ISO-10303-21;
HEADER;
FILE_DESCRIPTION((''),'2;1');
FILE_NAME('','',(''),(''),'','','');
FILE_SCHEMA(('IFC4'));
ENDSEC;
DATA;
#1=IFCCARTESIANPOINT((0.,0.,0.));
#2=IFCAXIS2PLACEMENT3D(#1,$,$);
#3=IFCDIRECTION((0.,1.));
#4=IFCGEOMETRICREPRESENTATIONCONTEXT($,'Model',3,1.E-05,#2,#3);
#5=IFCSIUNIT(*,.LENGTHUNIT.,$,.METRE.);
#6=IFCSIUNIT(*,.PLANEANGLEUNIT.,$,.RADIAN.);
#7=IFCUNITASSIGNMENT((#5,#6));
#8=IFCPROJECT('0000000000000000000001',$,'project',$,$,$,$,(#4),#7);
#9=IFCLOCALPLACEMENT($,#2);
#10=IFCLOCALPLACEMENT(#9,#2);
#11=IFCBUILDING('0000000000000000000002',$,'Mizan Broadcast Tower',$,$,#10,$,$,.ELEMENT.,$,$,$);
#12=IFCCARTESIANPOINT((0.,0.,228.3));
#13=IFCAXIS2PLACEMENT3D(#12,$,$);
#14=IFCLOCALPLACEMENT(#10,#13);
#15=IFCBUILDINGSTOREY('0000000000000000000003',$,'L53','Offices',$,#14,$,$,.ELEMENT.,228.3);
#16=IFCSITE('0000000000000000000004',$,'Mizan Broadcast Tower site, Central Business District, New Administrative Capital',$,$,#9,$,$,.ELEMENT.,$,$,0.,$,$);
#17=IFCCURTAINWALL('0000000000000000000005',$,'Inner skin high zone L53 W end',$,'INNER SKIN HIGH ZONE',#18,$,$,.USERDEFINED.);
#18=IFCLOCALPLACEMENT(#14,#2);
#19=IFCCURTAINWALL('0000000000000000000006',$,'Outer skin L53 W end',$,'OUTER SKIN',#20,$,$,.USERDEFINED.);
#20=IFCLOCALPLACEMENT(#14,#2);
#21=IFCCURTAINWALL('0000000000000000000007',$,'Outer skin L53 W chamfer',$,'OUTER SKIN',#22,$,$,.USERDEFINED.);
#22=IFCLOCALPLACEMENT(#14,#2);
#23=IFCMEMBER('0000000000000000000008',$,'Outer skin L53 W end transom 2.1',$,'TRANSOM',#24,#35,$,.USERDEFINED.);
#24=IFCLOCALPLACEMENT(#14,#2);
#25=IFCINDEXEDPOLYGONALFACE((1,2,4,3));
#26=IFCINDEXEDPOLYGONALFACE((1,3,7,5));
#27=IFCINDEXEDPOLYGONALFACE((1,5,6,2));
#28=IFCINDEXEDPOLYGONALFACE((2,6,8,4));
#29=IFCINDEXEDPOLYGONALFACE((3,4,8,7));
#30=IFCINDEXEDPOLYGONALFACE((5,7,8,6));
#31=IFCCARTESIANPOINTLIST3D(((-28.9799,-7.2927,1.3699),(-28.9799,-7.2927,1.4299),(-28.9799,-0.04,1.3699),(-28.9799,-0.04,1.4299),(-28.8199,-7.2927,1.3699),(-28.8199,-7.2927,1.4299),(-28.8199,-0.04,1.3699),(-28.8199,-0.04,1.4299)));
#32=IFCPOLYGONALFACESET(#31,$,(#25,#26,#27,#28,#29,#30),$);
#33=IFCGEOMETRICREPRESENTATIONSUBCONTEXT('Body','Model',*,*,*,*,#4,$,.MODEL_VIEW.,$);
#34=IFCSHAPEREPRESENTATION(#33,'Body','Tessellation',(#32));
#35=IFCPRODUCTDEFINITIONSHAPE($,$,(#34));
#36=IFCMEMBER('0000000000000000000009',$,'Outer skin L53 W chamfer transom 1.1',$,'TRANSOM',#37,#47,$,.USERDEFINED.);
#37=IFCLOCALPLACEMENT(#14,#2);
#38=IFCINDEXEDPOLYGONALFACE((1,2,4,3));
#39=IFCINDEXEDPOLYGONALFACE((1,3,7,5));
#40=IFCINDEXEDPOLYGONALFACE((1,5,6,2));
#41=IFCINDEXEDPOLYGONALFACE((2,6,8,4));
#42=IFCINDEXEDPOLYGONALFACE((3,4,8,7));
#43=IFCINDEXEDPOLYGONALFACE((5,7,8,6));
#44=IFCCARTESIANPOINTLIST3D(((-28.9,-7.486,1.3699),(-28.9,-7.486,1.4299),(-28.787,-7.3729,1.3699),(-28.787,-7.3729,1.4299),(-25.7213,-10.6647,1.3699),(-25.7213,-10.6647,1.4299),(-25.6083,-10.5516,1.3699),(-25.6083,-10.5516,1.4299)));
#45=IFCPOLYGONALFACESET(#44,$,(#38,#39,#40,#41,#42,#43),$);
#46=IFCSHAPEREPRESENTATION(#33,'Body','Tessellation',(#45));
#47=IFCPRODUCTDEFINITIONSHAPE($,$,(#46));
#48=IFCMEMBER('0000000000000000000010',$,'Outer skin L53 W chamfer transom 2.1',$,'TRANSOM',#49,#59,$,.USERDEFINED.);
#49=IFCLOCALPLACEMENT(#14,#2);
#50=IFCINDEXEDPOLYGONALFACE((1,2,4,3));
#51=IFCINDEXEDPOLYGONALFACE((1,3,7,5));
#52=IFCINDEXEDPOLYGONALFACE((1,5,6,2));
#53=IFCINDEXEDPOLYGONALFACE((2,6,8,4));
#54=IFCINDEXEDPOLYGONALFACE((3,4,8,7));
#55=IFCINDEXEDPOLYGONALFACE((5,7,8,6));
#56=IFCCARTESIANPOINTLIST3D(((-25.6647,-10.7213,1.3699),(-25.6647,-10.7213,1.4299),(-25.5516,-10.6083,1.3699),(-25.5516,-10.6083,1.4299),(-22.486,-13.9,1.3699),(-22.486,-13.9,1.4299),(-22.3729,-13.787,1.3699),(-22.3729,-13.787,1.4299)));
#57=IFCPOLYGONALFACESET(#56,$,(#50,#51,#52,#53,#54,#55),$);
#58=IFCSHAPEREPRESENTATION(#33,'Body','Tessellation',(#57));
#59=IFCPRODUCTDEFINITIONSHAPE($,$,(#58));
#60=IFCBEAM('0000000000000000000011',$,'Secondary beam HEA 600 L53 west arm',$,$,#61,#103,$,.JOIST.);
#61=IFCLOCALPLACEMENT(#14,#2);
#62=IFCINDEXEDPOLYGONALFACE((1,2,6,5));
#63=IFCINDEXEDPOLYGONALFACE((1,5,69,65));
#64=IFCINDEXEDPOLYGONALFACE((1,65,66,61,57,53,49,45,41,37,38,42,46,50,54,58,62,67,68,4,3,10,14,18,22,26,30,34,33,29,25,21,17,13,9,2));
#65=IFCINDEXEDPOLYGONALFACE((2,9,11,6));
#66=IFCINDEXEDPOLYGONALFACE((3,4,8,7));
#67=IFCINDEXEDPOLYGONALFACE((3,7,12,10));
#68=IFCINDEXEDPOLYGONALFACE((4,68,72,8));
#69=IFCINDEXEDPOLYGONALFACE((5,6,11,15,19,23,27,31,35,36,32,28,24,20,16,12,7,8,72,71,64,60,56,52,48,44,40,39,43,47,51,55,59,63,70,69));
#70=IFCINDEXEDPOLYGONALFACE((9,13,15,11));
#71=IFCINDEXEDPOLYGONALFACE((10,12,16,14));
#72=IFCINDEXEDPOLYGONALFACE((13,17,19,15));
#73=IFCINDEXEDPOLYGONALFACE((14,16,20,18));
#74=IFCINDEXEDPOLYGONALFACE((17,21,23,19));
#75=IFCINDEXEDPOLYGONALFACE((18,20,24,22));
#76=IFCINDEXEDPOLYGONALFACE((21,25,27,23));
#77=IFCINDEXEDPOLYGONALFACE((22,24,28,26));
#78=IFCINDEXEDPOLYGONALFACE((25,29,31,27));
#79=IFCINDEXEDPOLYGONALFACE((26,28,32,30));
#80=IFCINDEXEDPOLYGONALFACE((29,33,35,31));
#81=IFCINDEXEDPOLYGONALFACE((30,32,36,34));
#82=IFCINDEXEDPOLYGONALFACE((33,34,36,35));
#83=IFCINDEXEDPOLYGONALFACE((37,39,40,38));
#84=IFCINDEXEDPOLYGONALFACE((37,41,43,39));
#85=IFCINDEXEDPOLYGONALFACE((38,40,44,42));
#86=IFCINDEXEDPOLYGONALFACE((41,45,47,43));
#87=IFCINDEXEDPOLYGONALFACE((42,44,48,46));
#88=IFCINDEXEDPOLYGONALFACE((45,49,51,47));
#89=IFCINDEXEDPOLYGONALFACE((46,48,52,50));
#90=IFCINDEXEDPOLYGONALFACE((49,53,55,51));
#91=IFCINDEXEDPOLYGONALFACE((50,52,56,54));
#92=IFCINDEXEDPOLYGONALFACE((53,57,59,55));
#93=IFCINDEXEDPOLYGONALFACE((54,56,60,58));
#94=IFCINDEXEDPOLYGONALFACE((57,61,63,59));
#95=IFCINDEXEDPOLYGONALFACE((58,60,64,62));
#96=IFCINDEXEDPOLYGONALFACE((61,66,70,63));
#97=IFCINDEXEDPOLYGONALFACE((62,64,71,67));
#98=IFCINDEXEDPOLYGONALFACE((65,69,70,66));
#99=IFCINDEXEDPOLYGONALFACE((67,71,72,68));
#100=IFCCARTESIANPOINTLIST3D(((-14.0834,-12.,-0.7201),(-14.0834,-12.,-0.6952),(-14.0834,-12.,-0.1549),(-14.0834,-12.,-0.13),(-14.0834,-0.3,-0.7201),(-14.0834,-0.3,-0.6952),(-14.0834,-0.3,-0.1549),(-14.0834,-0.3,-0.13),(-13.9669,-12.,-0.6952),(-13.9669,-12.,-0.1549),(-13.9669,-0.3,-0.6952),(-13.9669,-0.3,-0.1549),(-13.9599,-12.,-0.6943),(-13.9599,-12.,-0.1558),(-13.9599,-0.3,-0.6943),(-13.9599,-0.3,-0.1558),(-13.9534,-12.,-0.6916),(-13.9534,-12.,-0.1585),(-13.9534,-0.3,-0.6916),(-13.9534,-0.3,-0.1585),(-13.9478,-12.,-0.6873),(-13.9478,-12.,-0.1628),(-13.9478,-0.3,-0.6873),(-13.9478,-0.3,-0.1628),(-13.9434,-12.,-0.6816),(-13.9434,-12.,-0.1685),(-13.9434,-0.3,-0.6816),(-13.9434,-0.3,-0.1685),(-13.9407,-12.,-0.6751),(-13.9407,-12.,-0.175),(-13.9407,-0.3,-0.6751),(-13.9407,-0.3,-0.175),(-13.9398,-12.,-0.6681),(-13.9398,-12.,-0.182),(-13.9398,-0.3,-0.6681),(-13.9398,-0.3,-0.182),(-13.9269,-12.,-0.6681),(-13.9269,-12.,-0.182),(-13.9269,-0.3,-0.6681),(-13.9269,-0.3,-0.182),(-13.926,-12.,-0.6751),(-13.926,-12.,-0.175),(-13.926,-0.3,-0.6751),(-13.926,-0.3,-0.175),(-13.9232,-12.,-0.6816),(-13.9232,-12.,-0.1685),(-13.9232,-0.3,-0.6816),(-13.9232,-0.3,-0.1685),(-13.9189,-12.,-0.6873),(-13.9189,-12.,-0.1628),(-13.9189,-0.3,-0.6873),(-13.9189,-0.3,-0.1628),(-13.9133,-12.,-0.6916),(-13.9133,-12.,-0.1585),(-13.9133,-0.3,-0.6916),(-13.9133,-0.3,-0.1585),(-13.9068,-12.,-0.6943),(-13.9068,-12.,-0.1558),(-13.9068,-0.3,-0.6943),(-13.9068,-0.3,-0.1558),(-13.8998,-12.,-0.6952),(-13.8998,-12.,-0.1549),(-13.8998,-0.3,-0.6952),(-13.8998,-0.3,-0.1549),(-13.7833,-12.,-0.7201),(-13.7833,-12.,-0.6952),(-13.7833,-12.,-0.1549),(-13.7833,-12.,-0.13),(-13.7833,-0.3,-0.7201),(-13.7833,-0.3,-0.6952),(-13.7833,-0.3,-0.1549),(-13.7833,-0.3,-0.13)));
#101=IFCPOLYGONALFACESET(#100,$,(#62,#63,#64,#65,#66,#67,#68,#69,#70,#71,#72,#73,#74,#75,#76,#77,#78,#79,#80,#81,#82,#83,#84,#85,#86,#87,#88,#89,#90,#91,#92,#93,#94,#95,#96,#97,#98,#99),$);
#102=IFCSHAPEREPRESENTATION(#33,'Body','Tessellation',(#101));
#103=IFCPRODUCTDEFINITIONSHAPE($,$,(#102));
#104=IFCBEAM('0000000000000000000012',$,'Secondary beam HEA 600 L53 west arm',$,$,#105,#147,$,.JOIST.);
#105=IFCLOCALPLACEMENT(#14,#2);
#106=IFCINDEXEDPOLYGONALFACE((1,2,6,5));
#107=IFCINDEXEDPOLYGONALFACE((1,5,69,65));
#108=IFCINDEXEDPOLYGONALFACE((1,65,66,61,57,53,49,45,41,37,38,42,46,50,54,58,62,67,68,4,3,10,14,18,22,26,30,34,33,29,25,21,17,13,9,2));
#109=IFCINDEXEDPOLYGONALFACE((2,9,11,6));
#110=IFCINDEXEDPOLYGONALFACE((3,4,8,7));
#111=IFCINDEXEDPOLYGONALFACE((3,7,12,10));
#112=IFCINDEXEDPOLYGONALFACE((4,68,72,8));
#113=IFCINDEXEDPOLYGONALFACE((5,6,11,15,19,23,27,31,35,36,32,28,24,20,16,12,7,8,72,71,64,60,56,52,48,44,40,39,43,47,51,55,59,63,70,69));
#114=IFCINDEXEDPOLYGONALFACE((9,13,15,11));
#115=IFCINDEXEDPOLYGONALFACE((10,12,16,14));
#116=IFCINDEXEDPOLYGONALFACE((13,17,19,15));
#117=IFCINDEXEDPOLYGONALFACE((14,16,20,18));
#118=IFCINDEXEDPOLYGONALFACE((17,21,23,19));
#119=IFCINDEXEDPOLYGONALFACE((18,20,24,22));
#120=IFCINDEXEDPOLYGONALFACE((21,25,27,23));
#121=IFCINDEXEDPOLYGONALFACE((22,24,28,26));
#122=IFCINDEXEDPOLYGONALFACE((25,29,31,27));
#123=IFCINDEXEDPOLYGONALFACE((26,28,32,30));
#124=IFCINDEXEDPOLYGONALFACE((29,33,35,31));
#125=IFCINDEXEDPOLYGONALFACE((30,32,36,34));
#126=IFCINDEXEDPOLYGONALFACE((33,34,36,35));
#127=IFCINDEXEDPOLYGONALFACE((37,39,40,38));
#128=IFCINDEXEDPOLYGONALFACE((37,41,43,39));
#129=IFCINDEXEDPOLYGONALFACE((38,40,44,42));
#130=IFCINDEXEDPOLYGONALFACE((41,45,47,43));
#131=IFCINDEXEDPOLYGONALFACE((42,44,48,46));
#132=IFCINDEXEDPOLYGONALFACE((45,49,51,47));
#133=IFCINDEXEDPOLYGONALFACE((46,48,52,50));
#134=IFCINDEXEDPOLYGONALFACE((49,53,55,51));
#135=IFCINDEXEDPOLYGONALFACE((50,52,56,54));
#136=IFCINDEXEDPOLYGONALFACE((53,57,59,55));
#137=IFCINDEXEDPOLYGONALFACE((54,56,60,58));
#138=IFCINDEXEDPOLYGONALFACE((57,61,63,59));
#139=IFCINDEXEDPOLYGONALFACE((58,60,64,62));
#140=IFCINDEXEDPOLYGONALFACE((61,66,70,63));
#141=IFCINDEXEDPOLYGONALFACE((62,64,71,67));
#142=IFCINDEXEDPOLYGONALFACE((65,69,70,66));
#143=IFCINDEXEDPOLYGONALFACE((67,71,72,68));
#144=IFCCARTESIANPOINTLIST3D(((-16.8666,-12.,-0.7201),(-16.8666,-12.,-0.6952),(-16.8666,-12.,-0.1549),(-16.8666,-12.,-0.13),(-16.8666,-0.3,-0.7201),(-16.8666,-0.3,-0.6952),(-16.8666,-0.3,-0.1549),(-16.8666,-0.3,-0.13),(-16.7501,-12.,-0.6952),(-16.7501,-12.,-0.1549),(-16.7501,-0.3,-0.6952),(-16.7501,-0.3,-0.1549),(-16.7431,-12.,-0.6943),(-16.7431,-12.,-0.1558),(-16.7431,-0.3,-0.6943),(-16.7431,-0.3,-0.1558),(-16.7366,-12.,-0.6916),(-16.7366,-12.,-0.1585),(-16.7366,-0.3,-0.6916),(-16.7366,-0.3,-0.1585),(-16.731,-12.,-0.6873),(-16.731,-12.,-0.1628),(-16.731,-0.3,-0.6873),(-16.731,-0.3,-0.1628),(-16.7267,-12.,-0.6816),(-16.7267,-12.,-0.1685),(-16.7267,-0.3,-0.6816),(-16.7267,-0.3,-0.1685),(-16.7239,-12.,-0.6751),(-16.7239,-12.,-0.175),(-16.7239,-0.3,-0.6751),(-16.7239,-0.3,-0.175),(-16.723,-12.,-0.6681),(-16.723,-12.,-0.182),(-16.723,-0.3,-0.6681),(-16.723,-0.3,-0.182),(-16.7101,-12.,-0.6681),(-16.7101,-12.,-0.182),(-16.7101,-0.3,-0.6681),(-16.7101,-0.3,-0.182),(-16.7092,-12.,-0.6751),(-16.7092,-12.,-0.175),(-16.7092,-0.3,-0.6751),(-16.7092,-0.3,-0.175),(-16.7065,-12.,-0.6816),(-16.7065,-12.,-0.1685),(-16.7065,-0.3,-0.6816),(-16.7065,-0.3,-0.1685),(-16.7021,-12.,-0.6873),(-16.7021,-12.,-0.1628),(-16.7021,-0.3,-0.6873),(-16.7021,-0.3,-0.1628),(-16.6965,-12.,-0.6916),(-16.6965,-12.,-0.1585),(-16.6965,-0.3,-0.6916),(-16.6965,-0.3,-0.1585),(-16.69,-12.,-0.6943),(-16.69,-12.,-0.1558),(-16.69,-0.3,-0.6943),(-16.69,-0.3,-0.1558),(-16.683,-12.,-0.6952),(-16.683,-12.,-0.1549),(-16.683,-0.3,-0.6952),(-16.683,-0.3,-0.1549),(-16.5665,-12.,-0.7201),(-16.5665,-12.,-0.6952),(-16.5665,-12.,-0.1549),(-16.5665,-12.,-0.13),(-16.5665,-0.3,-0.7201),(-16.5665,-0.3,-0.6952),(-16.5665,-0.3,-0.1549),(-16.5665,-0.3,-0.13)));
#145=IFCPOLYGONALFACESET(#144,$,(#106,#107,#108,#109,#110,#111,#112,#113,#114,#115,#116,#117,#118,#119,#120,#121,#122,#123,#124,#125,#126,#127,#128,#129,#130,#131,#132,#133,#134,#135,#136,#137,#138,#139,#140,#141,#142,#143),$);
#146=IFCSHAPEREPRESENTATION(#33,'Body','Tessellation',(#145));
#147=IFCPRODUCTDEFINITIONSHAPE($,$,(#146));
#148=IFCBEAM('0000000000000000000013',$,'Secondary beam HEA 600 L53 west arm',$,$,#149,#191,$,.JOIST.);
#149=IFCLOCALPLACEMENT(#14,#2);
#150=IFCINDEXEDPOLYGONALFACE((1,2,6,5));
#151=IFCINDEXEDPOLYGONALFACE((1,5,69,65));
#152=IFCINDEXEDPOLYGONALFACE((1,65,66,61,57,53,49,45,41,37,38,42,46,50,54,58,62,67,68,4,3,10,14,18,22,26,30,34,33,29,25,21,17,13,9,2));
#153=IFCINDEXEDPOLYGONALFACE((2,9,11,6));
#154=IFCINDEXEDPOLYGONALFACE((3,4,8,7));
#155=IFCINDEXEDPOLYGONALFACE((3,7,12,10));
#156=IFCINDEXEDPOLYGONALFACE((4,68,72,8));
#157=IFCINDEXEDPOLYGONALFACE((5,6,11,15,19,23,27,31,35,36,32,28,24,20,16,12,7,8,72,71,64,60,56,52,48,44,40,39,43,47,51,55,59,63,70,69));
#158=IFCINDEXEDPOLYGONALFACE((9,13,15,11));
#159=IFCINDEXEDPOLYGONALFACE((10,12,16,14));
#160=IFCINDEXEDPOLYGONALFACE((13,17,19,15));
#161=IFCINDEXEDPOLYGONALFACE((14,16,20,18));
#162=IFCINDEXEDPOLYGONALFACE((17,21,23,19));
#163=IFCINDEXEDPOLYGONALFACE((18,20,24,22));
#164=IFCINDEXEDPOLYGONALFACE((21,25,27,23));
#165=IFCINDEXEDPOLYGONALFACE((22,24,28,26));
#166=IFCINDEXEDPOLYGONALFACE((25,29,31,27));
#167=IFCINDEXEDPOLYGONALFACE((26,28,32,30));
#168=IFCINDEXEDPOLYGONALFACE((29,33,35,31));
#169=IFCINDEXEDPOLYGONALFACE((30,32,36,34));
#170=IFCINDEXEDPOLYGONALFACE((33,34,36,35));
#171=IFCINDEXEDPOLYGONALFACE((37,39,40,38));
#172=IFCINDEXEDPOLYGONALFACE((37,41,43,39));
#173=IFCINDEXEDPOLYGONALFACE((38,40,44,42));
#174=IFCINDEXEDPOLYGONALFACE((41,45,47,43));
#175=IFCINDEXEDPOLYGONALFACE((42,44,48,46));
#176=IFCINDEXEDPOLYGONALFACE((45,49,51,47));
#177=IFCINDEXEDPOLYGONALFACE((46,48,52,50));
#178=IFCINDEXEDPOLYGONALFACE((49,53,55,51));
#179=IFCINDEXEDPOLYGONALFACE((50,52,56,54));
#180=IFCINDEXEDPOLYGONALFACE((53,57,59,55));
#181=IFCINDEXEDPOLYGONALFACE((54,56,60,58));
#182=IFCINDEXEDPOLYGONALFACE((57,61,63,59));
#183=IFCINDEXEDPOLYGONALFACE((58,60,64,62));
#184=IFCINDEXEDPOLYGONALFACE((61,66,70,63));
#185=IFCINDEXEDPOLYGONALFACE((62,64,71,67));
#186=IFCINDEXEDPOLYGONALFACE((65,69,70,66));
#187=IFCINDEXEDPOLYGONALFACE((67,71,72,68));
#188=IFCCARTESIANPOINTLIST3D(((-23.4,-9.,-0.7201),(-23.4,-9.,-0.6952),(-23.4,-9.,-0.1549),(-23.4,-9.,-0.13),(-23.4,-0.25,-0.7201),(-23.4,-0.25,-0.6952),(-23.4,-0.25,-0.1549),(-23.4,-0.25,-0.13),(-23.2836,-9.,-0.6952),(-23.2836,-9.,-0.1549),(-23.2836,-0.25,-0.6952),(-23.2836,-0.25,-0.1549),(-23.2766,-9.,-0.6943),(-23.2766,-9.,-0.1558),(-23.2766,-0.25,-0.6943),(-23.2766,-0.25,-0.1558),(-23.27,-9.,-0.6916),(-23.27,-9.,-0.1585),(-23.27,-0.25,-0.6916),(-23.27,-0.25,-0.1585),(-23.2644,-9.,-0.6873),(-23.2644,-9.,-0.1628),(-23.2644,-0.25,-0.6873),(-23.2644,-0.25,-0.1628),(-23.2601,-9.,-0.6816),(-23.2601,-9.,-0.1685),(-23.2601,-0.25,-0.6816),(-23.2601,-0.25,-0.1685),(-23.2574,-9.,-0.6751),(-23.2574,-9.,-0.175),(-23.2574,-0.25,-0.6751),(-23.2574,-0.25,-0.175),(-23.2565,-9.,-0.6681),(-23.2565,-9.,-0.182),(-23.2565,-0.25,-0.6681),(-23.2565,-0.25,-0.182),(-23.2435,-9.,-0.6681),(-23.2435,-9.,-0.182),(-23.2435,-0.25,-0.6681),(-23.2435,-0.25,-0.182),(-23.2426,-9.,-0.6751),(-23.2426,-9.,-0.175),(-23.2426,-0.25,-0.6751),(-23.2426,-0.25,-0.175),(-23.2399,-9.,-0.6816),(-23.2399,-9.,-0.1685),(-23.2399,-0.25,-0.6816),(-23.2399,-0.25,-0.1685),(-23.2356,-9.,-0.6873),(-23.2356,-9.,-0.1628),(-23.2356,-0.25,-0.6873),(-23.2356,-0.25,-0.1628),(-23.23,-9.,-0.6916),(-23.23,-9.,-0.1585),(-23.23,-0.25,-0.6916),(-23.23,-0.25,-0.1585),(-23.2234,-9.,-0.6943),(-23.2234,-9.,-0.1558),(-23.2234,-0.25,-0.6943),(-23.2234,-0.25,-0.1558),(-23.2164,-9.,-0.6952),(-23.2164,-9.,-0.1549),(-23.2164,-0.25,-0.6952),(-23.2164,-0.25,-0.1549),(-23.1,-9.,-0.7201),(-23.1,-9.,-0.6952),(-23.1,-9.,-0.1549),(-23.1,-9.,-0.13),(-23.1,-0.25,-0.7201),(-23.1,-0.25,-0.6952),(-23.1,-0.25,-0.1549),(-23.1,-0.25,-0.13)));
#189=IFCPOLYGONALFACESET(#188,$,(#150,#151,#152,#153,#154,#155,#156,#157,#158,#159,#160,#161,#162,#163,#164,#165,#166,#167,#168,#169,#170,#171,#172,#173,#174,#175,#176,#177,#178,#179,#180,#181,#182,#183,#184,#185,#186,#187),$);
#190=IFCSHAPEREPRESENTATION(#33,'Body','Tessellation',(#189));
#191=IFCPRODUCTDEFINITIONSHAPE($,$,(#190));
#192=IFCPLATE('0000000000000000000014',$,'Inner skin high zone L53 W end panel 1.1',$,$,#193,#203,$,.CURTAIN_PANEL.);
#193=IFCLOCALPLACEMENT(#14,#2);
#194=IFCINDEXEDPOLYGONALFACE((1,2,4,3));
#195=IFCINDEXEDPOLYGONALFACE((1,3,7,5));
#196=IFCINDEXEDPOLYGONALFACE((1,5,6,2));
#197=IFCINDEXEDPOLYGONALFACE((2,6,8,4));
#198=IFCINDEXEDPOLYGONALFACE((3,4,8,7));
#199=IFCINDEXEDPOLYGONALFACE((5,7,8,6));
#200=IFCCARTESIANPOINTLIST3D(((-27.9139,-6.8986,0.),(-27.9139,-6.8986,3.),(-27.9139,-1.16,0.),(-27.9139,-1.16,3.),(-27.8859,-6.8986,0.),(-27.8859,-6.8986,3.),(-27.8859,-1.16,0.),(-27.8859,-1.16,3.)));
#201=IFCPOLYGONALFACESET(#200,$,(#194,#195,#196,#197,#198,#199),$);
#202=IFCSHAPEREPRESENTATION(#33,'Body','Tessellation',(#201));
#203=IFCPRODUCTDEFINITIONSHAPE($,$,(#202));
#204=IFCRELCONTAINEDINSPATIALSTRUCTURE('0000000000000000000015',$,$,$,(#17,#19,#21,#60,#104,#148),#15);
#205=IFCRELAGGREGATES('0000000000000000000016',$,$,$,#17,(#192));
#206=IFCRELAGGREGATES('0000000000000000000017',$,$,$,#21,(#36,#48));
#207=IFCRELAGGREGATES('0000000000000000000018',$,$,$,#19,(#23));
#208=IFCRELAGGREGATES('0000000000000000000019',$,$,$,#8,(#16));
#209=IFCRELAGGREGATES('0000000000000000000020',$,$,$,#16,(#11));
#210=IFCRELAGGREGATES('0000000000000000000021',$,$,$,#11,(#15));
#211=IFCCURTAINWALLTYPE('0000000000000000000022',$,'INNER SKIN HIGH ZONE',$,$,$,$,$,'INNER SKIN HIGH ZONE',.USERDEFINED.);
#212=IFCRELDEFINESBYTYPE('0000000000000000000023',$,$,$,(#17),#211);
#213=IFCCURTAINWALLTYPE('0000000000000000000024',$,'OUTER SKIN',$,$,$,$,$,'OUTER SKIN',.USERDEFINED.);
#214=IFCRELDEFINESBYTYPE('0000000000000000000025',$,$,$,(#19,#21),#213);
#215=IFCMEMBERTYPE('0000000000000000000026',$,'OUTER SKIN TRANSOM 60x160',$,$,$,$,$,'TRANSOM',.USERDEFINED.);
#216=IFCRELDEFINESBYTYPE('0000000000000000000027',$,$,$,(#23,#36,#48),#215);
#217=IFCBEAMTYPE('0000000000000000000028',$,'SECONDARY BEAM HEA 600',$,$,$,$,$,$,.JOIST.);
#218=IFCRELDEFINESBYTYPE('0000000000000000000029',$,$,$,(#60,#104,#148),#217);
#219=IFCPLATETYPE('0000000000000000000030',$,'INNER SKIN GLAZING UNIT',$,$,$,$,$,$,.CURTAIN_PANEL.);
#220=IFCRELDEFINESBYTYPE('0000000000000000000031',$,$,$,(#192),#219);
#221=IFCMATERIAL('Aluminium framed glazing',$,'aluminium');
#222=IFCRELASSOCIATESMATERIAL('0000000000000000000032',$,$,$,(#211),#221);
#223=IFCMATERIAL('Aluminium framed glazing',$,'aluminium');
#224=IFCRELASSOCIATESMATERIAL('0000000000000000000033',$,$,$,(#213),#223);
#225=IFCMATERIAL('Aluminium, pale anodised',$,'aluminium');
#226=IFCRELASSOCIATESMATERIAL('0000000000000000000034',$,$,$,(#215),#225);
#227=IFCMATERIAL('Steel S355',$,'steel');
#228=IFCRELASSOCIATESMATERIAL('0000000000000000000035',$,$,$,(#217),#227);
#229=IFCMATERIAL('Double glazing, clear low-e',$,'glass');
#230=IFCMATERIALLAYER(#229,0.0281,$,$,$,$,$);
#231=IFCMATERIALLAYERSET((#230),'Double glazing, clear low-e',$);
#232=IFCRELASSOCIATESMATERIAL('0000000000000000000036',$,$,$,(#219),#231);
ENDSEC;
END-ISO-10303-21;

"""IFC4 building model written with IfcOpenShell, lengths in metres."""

from ifc_helpers import new_model, si_unit, direction, frame, origin, origin_2d, place, context, subcontext, project, spatial, rectangle, i_section, extrude, material, layer, layer_set, material_profile, profile_set, type_object, element, aggregate, save


model = new_model("IFC4")

# Units and contexts
model_context = context("Model", 3, precision=1e-05, world=origin(), true_north=direction((0.0, 1.0)))
body_context = subcontext(model_context, "Body", "Model", "MODEL_VIEW")
ifc_project = project(units=[si_unit("LENGTHUNIT", "METRE"), si_unit("PLANEANGLEUNIT", "RADIAN")], contexts=[model_context])

# Site, building, storey
site_placement = place(None, origin())
site = spatial("IfcSite", under=ifc_project, at=site_placement, Name="Mizan Broadcast Tower site, Central Business District, New Administrative Capital", CompositionType="ELEMENT", RefElevation=0.0)
building_placement = place(site_placement, origin())
building = spatial("IfcBuilding", under=site, at=building_placement, Name="Mizan Broadcast Tower", CompositionType="ELEMENT")
storey_placement = place(building_placement, frame((0.0, 0.0, 228.3)))
storey = spatial("IfcBuildingStorey", under=building, at=storey_placement, Name="L53", Description="Offices", CompositionType="ELEMENT", Elevation=228.3)

# Curtain wall
ifc_material_1 = material(Name="Aluminium framed glazing", Category="aluminium")
curtain_wall_type_1 = type_object("IfcCurtainWallType", Name="INNER SKIN HIGH ZONE", ElementType="INNER SKIN HIGH ZONE", PredefinedType="USERDEFINED", material=ifc_material_1)
curtain_wall_1_placement = place(storey_placement, origin())
curtain_wall_1 = element("IfcCurtainWall", 1, at=curtain_wall_1_placement, inside=storey, type_object=curtain_wall_type_1, Name="Inner skin high zone L53 W end", ObjectType="INNER SKIN HIGH ZONE", PredefinedType="USERDEFINED")

# Curtain walls
ifc_material_2 = material(Name="Aluminium framed glazing", Category="aluminium")
curtain_wall_type_2 = type_object("IfcCurtainWallType", Name="OUTER SKIN", ElementType="OUTER SKIN", PredefinedType="USERDEFINED", material=ifc_material_2)
curtain_wall_2_placement = place(storey_placement, origin())
curtain_wall_2 = element("IfcCurtainWall", 2, at=curtain_wall_2_placement, inside=storey, type_object=curtain_wall_type_2, Name="Outer skin L53 W end", ObjectType="OUTER SKIN", PredefinedType="USERDEFINED")
curtain_wall_3_placement = place(storey_placement, origin())
curtain_wall_3 = element("IfcCurtainWall", 3, at=curtain_wall_3_placement, inside=storey, type_object=curtain_wall_type_2, Name="Outer skin L53 W chamfer", ObjectType="OUTER SKIN", PredefinedType="USERDEFINED")

# Members
ifc_material_3 = material(Name="Aluminium, pale anodised", Category="aluminium")
ifc_material_profile_1 = material_profile(ifc_material_3, rectangle(XDim=0.1599, YDim=0.0601, at=origin_2d()), Name="TRANSOM 160x60")
ifc_profile_set_1 = profile_set([ifc_material_profile_1], Name="Aluminium, pale anodised")
member_type_1 = type_object("IfcMemberType", Name="OUTER SKIN TRANSOM 60x160", ElementType="TRANSOM", PredefinedType="USERDEFINED", material=ifc_profile_set_1)
member_1_placement = place(storey_placement, frame((-28.8999, -0.04, 1.3999), z_axis=(0.0, -1.0, 0.0), x_axis=(1.0, 0.0, 0.0)))
member_1 = element("IfcMember", 4, at=member_1_placement, type_object=member_type_1, Name="Outer skin L53 W end transom 2.1", ObjectType="TRANSOM", PredefinedType="USERDEFINED", context=body_context, shape_type="SweptSolid", body=[
    extrude(rectangle(XDim=0.1599, YDim=0.0601, at=origin_2d()), origin(), (0.0, 0.0, 1.0), 7.2527),
])
member_2_placement = place(storey_placement, frame((-28.8435, -7.4294, 1.3999), z_axis=(0.707107, -0.707107, 0.0), x_axis=(0.707107, 0.707107, 0.0)))
member_2 = element("IfcMember", 5, at=member_2_placement, type_object=member_type_1, Name="Outer skin L53 W chamfer transom 1.1", ObjectType="TRANSOM", PredefinedType="USERDEFINED", context=body_context, shape_type="SweptSolid", body=[
    extrude(rectangle(XDim=0.1599, YDim=0.0601, at=origin_2d()), origin(), (0.0, 0.0, 1.0), 4.4954),
])
member_3_placement = place(storey_placement, frame((-25.6082, -10.6648, 1.3999), z_axis=(0.707107, -0.707107, 0.0), x_axis=(0.707107, 0.707107, 0.0)))
member_3 = element("IfcMember", 6, at=member_3_placement, type_object=member_type_1, Name="Outer skin L53 W chamfer transom 2.1", ObjectType="TRANSOM", PredefinedType="USERDEFINED", context=body_context, shape_type="SweptSolid", body=[
    extrude(rectangle(XDim=0.1599, YDim=0.0601, at=origin_2d()), origin(), (0.0, 0.0, 1.0), 4.4954),
])

# Beams
ifc_material_4 = material(Name="Steel S355", Category="steel")
ifc_material_profile_2 = material_profile(ifc_material_4, i_section(OverallWidth=0.3, OverallDepth=0.5901, WebThickness=0.0129, FlangeThickness=0.0249, FilletRadius=0.0271, at=origin_2d()), Name="HEA 600")
ifc_profile_set_2 = profile_set([ifc_material_profile_2], Name="Steel S355")
beam_type_1 = type_object("IfcBeamType", Name="SECONDARY BEAM HEA 600", PredefinedType="JOIST", material=ifc_profile_set_2)
for number, where, z_axis, x_axis, name in (
    (7, (-13.9333, -12.0, -0.425), (0.0, 1.0, 0.0), (-1.0, 0.0, 0.0), "Secondary beam HEA 600 L53 west arm"),
    (8, (-16.7166, -12.0, -0.425), (0.0, 1.0, 0.0), (-1.0, 0.0, 0.0), "Secondary beam HEA 600 L53 west arm"),
):
    element("IfcBeam", number, at=place(storey_placement, frame(where, z_axis=z_axis, x_axis=x_axis)), inside=storey, type_object=beam_type_1, Name=name, PredefinedType="JOIST", context=body_context, shape_type="SweptSolid", body=[
        extrude(i_section(OverallWidth=0.3, OverallDepth=0.5901, WebThickness=0.0129, FlangeThickness=0.0249, FilletRadius=0.0271, at=origin_2d()), origin(), (0.0, 0.0, 1.0), 11.7),
    ])
beam_1_placement = place(storey_placement, frame((-23.25, -9.0, -0.425), z_axis=(0.0, 1.0, 0.0), x_axis=(-1.0, 0.0, 0.0)))
element("IfcBeam", 9, at=beam_1_placement, inside=storey, type_object=beam_type_1, Name="Secondary beam HEA 600 L53 west arm", PredefinedType="JOIST", context=body_context, shape_type="SweptSolid", body=[
    extrude(i_section(OverallWidth=0.3, OverallDepth=0.5901, WebThickness=0.0129, FlangeThickness=0.0249, FilletRadius=0.0271, at=origin_2d()), origin(), (0.0, 0.0, 1.0), 8.75),
])

# Plate
ifc_material_5 = material(Name="Double glazing, clear low-e", Category="glass")
ifc_layer_1 = layer(ifc_material_5, 0.0281)
ifc_layer_set_1 = layer_set([ifc_layer_1], Name="Double glazing, clear low-e")
plate_type_1 = type_object("IfcPlateType", Name="INNER SKIN GLAZING UNIT", PredefinedType="CURTAIN_PANEL", material=ifc_layer_set_1)
plate_1_placement = place(storey_placement, frame((-27.8999, -4.0293, 0.0), z_axis=(0.0, 0.0, 1.0), x_axis=(0.0, -1.0, 0.0)))
plate_1 = element("IfcPlate", 10, at=plate_1_placement, type_object=plate_type_1, Name="Inner skin high zone L53 W end panel 1.1", PredefinedType="CURTAIN_PANEL", context=body_context, shape_type="SweptSolid", body=[
    extrude(rectangle(XDim=5.7385, YDim=0.0281, at=origin_2d()), origin(), (0.0, 0.0, 1.0), 3.0),
])
aggregate(curtain_wall_1, [plate_1])
aggregate(curtain_wall_3, [member_2, member_3])
aggregate(curtain_wall_2, [member_1])

save(model, "model.ifc")
